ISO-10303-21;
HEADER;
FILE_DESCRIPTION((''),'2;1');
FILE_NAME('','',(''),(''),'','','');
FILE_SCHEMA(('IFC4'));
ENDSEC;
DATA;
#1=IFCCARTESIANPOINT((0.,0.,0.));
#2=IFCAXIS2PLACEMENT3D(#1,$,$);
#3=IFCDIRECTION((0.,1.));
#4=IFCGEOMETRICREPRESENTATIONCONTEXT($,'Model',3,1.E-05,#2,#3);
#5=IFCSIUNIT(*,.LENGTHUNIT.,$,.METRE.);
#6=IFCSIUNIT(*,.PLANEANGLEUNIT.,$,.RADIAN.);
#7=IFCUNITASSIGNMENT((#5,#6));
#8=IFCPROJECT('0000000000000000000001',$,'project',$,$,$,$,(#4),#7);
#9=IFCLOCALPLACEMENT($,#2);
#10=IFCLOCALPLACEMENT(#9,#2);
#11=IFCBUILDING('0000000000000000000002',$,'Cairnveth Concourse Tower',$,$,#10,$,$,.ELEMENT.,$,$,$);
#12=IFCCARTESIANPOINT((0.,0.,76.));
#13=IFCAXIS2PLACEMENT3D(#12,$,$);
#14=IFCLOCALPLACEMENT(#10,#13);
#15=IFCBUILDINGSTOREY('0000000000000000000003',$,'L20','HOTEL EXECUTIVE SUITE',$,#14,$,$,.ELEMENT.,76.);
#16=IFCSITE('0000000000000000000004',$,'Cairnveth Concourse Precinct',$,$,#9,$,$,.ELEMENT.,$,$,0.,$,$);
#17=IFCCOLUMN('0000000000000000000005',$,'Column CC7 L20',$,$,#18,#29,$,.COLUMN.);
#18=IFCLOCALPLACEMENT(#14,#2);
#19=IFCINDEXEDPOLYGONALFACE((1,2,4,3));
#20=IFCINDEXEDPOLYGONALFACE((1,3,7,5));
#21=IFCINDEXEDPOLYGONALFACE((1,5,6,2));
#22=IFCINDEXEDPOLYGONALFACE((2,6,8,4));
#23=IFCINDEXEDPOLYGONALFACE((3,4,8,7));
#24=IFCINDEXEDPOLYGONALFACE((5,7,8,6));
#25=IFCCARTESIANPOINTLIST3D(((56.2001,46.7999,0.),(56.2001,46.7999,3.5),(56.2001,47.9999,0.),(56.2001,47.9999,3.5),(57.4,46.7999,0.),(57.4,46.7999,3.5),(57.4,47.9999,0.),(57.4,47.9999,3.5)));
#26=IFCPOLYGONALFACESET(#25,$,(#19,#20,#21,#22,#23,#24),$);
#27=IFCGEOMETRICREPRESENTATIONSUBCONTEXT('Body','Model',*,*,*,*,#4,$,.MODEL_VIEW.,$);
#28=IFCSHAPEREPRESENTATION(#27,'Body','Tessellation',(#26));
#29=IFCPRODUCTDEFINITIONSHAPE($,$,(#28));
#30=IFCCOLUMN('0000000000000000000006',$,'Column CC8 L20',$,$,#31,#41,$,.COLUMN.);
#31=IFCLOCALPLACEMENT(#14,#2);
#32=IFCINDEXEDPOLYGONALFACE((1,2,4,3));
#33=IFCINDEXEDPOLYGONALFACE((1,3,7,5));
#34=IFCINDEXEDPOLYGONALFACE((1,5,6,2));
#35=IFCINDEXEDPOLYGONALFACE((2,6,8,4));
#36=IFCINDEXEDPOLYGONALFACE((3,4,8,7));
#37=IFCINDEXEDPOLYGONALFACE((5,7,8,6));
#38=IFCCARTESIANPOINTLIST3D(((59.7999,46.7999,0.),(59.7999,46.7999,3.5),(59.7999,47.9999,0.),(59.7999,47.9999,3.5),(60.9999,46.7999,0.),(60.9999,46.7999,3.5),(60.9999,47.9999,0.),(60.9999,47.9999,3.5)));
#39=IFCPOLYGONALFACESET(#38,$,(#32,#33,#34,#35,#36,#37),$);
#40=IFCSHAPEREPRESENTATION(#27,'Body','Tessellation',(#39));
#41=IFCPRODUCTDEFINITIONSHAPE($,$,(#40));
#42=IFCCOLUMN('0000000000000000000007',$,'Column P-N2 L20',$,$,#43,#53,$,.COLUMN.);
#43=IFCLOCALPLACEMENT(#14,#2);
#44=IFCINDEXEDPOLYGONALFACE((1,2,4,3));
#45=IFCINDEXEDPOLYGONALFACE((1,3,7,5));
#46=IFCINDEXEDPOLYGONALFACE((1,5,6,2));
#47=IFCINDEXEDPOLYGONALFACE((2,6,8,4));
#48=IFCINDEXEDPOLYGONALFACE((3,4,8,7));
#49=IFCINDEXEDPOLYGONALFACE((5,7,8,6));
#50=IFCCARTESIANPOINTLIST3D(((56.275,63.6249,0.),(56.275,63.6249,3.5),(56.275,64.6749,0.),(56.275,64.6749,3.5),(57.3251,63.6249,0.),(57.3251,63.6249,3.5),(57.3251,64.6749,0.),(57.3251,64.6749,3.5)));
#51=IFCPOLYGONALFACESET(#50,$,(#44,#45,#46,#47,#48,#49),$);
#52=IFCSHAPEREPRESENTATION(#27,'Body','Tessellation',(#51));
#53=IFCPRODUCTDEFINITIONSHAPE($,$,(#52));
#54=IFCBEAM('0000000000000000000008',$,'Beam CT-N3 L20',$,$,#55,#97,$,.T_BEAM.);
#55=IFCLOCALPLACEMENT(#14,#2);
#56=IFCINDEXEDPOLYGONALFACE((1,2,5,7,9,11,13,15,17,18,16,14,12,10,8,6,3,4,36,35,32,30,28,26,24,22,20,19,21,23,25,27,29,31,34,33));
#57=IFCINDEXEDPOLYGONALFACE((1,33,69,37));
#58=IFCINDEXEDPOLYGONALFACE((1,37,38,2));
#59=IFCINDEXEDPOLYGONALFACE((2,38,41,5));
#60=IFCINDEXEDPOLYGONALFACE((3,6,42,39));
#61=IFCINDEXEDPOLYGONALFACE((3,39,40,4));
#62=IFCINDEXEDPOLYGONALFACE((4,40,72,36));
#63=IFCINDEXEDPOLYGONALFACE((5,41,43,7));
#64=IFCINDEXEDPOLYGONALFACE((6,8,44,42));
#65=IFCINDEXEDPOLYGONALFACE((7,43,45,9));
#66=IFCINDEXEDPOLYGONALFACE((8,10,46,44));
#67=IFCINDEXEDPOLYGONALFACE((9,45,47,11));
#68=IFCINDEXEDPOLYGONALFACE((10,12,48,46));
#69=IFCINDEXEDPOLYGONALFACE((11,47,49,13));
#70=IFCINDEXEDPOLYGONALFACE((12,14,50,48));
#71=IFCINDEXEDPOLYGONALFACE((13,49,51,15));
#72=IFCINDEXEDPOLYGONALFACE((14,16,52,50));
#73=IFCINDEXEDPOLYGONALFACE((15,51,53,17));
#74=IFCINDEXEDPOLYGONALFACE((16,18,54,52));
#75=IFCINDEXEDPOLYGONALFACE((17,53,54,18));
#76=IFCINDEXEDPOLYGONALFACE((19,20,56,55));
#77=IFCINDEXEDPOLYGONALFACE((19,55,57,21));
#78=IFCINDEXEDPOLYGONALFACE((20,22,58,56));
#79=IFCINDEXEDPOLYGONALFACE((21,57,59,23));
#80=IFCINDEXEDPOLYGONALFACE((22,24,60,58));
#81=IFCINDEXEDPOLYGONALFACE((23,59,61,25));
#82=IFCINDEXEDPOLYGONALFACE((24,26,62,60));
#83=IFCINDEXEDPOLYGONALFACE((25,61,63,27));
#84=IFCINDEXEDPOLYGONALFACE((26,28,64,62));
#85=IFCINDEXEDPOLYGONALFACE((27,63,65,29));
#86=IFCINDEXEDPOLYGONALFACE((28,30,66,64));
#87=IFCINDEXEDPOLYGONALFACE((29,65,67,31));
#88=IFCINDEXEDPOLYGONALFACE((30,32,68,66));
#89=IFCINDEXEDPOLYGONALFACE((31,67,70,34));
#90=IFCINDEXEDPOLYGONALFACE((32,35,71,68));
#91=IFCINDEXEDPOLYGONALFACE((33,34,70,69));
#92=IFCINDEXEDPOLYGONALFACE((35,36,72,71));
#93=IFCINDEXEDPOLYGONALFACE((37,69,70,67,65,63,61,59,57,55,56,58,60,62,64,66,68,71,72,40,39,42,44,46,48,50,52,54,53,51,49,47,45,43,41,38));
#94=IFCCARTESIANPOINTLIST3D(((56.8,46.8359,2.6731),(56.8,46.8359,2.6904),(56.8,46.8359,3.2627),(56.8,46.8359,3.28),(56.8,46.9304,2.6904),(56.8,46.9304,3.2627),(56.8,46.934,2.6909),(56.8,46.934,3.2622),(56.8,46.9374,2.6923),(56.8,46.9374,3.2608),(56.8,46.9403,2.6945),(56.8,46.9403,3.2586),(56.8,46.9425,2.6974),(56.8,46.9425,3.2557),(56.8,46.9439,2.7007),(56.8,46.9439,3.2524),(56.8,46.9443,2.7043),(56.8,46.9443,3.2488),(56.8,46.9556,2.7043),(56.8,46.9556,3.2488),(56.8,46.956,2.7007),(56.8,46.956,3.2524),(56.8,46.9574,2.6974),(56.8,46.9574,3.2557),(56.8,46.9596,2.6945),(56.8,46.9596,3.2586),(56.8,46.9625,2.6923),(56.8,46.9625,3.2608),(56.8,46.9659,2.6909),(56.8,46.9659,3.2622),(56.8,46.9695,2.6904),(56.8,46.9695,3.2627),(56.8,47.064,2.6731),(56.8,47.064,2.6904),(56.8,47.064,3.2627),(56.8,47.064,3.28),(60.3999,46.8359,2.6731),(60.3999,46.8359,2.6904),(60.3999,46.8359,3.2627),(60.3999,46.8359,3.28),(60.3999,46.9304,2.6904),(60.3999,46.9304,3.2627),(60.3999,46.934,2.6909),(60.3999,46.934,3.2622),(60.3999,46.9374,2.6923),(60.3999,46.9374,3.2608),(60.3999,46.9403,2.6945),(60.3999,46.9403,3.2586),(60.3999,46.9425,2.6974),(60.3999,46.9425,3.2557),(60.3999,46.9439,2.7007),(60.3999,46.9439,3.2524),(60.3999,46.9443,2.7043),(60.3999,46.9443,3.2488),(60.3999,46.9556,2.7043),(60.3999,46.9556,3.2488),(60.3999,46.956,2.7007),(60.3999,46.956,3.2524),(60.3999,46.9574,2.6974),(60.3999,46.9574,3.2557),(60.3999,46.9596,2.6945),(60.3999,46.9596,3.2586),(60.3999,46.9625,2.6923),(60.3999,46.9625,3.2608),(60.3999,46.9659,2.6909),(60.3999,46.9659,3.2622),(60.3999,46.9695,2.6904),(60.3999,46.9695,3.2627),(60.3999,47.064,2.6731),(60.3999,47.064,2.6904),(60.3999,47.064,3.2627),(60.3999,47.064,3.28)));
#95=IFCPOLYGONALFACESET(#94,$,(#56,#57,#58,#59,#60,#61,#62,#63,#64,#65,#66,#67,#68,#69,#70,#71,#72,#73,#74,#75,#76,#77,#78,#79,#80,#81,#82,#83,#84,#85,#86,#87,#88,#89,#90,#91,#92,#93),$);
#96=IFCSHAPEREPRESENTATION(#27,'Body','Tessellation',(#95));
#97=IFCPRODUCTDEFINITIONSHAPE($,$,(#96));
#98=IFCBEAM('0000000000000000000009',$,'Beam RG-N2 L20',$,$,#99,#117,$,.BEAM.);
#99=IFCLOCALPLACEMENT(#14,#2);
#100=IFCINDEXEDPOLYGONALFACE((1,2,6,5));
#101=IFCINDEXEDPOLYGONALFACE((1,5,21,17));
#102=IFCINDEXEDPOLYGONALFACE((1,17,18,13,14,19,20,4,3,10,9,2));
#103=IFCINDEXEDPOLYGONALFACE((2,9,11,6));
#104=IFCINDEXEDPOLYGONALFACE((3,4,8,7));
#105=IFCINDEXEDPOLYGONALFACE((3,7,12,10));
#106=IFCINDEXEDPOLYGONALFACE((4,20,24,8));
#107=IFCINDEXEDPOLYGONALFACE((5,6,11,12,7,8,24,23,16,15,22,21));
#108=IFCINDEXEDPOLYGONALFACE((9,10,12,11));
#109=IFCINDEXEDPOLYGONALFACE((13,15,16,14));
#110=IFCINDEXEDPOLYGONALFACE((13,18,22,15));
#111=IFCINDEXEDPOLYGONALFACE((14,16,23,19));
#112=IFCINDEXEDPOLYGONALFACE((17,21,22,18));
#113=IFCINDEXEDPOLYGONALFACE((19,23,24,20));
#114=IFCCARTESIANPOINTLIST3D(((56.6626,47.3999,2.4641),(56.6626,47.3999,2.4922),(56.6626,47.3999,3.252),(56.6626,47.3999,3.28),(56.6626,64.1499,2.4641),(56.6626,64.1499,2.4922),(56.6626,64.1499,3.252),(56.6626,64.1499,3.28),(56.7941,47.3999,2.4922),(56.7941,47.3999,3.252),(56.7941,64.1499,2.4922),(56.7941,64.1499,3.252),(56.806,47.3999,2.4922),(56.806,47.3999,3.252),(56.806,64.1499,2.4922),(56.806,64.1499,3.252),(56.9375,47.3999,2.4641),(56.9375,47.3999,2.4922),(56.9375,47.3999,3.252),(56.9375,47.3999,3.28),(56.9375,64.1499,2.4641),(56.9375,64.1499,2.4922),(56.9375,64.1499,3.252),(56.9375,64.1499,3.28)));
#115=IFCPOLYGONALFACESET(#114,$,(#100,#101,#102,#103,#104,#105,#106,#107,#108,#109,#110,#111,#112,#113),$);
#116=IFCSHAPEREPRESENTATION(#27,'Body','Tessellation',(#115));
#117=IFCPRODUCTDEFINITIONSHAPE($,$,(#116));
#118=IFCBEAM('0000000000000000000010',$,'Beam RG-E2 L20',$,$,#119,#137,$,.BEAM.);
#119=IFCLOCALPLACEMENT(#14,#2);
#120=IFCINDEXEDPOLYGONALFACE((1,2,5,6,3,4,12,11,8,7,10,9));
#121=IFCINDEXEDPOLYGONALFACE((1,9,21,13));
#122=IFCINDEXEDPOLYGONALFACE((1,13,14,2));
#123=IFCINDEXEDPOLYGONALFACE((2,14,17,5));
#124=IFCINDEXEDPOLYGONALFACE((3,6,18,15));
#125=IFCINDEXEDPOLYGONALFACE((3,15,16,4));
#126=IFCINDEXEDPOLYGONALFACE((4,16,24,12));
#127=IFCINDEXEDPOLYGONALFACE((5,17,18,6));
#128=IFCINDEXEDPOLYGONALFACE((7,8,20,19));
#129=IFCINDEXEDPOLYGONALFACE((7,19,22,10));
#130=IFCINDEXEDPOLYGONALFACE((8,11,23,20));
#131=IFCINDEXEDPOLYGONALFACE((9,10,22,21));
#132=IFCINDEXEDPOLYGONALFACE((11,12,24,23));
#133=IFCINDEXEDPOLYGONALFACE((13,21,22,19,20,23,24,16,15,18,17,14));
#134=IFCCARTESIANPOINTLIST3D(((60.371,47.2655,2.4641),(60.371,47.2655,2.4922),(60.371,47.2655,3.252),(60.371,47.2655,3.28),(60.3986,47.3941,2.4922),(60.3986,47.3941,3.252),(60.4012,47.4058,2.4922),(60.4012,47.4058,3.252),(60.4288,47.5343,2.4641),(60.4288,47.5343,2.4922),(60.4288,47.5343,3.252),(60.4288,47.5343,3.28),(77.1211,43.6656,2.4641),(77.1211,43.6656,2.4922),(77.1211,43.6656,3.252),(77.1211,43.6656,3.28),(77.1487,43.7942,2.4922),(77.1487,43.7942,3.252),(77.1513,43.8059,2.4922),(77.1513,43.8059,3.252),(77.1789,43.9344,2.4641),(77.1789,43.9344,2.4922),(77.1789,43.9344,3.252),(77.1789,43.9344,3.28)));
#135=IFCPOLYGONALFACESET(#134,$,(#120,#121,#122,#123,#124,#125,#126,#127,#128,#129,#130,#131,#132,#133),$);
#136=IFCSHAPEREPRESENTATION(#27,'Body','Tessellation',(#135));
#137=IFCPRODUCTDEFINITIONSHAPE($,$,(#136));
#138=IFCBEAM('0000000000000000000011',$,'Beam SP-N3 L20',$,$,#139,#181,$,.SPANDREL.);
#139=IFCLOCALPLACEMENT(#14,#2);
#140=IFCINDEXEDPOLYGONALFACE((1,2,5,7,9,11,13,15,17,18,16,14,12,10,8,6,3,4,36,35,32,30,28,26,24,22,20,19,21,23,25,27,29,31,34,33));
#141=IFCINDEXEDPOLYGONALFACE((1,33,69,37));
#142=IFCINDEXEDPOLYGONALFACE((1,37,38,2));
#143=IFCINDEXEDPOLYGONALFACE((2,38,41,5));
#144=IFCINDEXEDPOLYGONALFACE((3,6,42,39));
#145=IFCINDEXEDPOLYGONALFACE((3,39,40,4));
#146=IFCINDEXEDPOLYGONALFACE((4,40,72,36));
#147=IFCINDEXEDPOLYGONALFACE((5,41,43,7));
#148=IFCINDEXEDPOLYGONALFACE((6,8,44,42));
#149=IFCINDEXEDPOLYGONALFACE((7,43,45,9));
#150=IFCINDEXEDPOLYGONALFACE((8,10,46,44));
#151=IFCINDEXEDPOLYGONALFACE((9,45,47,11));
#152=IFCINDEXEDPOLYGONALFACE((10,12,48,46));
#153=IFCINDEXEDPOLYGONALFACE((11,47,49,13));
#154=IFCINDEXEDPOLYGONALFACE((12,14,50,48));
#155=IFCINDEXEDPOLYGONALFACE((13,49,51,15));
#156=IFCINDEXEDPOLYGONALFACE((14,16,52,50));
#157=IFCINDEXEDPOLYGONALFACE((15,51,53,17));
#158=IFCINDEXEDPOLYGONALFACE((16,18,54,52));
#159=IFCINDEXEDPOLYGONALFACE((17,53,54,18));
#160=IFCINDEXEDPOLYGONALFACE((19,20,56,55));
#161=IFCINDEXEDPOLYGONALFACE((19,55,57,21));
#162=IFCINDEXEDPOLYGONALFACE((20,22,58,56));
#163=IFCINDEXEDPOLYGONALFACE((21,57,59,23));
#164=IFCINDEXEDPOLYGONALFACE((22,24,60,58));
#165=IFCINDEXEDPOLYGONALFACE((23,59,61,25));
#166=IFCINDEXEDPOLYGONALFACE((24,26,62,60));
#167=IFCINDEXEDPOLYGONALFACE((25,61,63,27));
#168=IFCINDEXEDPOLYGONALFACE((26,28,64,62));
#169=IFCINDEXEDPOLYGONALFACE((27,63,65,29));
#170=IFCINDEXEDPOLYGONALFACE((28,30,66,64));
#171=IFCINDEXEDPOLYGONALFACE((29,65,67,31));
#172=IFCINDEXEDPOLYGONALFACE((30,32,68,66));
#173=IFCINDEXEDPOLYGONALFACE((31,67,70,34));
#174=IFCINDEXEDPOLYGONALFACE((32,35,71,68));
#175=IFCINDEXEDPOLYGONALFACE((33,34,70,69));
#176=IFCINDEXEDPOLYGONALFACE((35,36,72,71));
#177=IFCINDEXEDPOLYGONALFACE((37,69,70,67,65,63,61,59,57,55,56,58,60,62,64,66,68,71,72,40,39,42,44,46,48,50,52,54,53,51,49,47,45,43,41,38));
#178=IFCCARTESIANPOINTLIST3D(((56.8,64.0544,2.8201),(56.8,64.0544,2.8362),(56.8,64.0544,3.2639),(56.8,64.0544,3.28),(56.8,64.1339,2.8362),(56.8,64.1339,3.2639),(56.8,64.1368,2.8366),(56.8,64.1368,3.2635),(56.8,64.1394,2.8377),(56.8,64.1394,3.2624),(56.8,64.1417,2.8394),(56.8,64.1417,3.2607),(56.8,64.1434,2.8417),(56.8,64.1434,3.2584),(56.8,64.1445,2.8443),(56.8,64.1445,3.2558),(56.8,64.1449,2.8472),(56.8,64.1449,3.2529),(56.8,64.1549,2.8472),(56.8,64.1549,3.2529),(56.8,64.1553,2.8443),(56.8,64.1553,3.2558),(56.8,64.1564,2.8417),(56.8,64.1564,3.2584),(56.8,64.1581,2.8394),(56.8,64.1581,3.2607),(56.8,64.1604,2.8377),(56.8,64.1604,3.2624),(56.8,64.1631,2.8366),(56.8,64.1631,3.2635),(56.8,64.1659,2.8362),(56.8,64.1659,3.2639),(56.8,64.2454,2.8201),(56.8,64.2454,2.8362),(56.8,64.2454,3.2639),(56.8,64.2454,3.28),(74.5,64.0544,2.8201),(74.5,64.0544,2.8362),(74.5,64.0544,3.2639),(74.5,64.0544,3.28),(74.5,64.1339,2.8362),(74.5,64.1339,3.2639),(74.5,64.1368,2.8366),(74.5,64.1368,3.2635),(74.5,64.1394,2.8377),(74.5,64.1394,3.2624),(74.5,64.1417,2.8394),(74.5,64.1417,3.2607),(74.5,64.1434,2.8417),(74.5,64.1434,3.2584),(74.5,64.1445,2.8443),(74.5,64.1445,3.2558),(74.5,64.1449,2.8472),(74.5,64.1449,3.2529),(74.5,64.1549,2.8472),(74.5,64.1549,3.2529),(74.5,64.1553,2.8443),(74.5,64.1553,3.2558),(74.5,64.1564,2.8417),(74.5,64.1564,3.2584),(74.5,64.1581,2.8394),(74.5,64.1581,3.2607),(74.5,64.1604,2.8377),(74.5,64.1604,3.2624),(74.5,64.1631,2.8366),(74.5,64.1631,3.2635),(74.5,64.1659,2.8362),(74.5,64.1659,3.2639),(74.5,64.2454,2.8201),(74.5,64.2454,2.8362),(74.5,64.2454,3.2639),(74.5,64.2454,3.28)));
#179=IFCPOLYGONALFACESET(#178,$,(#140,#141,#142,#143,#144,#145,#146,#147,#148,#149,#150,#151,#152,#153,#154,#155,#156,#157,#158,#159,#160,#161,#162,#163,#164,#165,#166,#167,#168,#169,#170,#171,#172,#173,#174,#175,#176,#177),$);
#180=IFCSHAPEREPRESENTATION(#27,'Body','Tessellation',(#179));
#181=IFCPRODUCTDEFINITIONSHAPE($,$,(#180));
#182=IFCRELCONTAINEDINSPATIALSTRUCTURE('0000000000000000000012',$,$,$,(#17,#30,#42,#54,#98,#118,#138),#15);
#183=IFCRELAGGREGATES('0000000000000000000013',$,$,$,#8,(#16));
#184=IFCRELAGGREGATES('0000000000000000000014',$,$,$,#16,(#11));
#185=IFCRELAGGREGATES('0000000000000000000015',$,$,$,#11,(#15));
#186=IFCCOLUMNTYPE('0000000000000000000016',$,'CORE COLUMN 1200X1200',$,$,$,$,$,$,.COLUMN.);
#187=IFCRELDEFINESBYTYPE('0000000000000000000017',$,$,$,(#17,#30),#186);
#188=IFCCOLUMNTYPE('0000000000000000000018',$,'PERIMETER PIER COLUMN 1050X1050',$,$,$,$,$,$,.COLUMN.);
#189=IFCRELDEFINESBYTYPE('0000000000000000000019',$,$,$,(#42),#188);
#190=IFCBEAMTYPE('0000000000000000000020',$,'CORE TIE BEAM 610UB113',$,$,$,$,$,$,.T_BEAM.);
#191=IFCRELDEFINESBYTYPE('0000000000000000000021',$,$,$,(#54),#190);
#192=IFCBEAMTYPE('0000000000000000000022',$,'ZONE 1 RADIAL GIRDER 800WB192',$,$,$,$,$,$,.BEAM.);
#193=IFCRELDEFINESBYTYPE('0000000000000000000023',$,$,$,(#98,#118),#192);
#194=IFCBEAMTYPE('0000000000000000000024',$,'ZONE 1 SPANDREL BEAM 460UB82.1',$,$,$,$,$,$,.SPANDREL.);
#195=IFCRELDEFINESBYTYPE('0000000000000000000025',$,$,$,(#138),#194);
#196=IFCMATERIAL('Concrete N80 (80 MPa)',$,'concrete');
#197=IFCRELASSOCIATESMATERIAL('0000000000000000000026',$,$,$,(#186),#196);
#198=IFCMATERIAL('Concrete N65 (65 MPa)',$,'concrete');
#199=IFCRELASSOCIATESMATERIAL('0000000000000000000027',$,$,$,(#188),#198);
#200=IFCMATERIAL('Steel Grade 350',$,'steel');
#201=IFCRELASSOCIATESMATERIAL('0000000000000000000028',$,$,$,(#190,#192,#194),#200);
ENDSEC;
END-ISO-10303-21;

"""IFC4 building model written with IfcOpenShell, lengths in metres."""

from ifc_helpers import new_model, si_unit, direction, frame, origin, origin_2d, place, context, subcontext, project, spatial, rectangle, i_section, extrude, material, material_profile, profile_set, type_object, element, save


model = new_model("IFC4")

# Units and contexts
model_context = context("Model", 3, precision=1e-05, world=origin(), true_north=direction((0.0, 1.0)))
body_context = subcontext(model_context, "Body", "Model", "MODEL_VIEW")
ifc_project = project(units=[si_unit("LENGTHUNIT", "METRE"), si_unit("PLANEANGLEUNIT", "RADIAN")], contexts=[model_context])

# Site, building, storey
site_placement = place(None, origin())
site = spatial("IfcSite", under=ifc_project, at=site_placement, Name="Cairnveth Concourse Precinct", CompositionType="ELEMENT", RefElevation=0.0)
building_placement = place(site_placement, origin())
building = spatial("IfcBuilding", under=site, at=building_placement, Name="Cairnveth Concourse Tower", CompositionType="ELEMENT")
storey_placement = place(building_placement, frame((0.0, 0.0, 76.0)))
storey = spatial("IfcBuildingStorey", under=building, at=storey_placement, Name="L20", Description="HOTEL EXECUTIVE SUITE", CompositionType="ELEMENT", Elevation=76.0)

# Columns
ifc_material_1 = material(Name="Concrete N80 (80 MPa)", Category="concrete")
ifc_material_profile_1 = material_profile(ifc_material_1, rectangle(XDim=1.2, YDim=1.2, at=origin_2d()), Name="RC-COL-1200x1200")
ifc_profile_set_1 = profile_set([ifc_material_profile_1], Name="Concrete N80 (80 MPa)")
column_type_1 = type_object("IfcColumnType", Name="CORE COLUMN 1200X1200", PredefinedType="COLUMN", material=ifc_profile_set_1)
for number, where, z_axis, x_axis, name in (
    (1, (56.8, 47.3999, 0.0), (0.0, 0.0, 1.0), (1.0, 0.0, 0.0), "Column CC7 L20"),
    (2, (60.3999, 47.3999, 0.0), (0.0, 0.0, 1.0), (1.0, 0.0, 0.0), "Column CC8 L20"),
):
    element("IfcColumn", number, at=place(storey_placement, frame(where, z_axis=z_axis, x_axis=x_axis)), inside=storey, type_object=column_type_1, Name=name, PredefinedType="COLUMN", context=body_context, shape_type="SweptSolid", body=[
        extrude(rectangle(XDim=1.2, YDim=1.2, at=origin_2d()), origin(), (0.0, 0.0, 1.0), 3.5),
    ])
ifc_material_2 = material(Name="Concrete N65 (65 MPa)", Category="concrete")
ifc_material_profile_2 = material_profile(ifc_material_2, rectangle(XDim=1.05, YDim=1.05, at=origin_2d()), Name="RC-COL-1050x1050")
ifc_profile_set_2 = profile_set([ifc_material_profile_2], Name="Concrete N65 (65 MPa)")
column_type_2 = type_object("IfcColumnType", Name="PERIMETER PIER COLUMN 1050X1050", PredefinedType="COLUMN", material=ifc_profile_set_2)
column_placement = place(storey_placement, frame((56.8, 64.1499, 0.0), z_axis=(0.0, 0.0, 1.0), x_axis=(1.0, 0.0, 0.0)))
element("IfcColumn", 3, at=column_placement, inside=storey, type_object=column_type_2, Name="Column P-N2 L20", PredefinedType="COLUMN", context=body_context, shape_type="SweptSolid", body=[
    extrude(rectangle(XDim=1.05, YDim=1.05, at=origin_2d()), origin(), (0.0, 0.0, 1.0), 3.5),
])

# Beams
ifc_material_3 = material(Name="Steel Grade 350", Category="steel")
ifc_material_profile_3 = material_profile(ifc_material_3, i_section(OverallWidth=0.228, OverallDepth=0.6069, WebThickness=0.0112, FlangeThickness=0.0173, FilletRadius=0.0139, at=origin_2d()), Name="610UB113")
ifc_profile_set_3 = profile_set([ifc_material_profile_3], Name="Steel Grade 350")
beam_type_1 = type_object("IfcBeamType", Name="CORE TIE BEAM 610UB113", PredefinedType="T_BEAM", material=ifc_profile_set_3)
beam_1_placement = place(storey_placement, frame((56.8, 46.95, 2.9766), z_axis=(1.0, 0.0, 0.0), x_axis=(0.0, 1.0, 0.0)))
element("IfcBeam", 4, at=beam_1_placement, inside=storey, type_object=beam_type_1, Name="Beam CT-N3 L20", PredefinedType="T_BEAM", context=body_context, shape_type="SweptSolid", body=[
    extrude(i_section(OverallWidth=0.228, OverallDepth=0.6069, WebThickness=0.0112, FlangeThickness=0.0173, FilletRadius=0.0139, at=origin_2d()), origin(), (0.0, 0.0, 1.0), 3.5999),
])
ifc_material_profile_4 = material_profile(ifc_material_3, i_section(OverallWidth=0.2749, OverallDepth=0.8159, WebThickness=0.012, FlangeThickness=0.0281, at=origin_2d()), Name="800WB192")
ifc_profile_set_4 = profile_set([ifc_material_profile_4], Name="Steel Grade 350")
beam_type_2 = type_object("IfcBeamType", Name="ZONE 1 RADIAL GIRDER 800WB192", PredefinedType="BEAM", material=ifc_profile_set_4)
beam_2_placement = place(storey_placement, frame((56.8, 47.3999, 2.8721), z_axis=(0.0, 1.0, 0.0), x_axis=(-1.0, 0.0, 0.0)))
element("IfcBeam", 5, at=beam_2_placement, inside=storey, type_object=beam_type_2, Name="Beam RG-N2 L20", PredefinedType="BEAM", context=body_context, shape_type="SweptSolid", body=[
    extrude(i_section(OverallWidth=0.2749, OverallDepth=0.8159, WebThickness=0.012, FlangeThickness=0.0281, at=origin_2d()), origin(), (0.0, 0.0, 1.0), 16.75),
])
beam_3_placement = place(storey_placement, frame((60.3999, 47.3999, 2.8721), z_axis=(0.977676, -0.210119, 0.0), x_axis=(0.210119, 0.977676, 0.0)))
element("IfcBeam", 6, at=beam_3_placement, inside=storey, type_object=beam_type_2, Name="Beam RG-E2 L20", PredefinedType="BEAM", context=body_context, shape_type="SweptSolid", body=[
    extrude(i_section(OverallWidth=0.2749, OverallDepth=0.8159, WebThickness=0.012, FlangeThickness=0.0281, at=origin_2d()), origin(), (0.0, 0.0, 1.0), 17.1326),
])
ifc_material_profile_5 = material_profile(ifc_material_3, i_section(OverallWidth=0.1909, OverallDepth=0.46, WebThickness=0.01, FlangeThickness=0.0161, FilletRadius=0.011, at=origin_2d()), Name="460UB82.1")
ifc_profile_set_5 = profile_set([ifc_material_profile_5], Name="Steel Grade 350")
beam_type_3 = type_object("IfcBeamType", Name="ZONE 1 SPANDREL BEAM 460UB82.1", PredefinedType="SPANDREL", material=ifc_profile_set_5)
beam_4_placement = place(storey_placement, frame((56.8, 64.1499, 3.05), z_axis=(1.0, 0.0, 0.0), x_axis=(0.0, 1.0, 0.0)))
element("IfcBeam", 7, at=beam_4_placement, inside=storey, type_object=beam_type_3, Name="Beam SP-N3 L20", PredefinedType="SPANDREL", context=body_context, shape_type="SweptSolid", body=[
    extrude(i_section(OverallWidth=0.1909, OverallDepth=0.46, WebThickness=0.01, FlangeThickness=0.0161, FilletRadius=0.011, at=origin_2d()), origin(), (0.0, 0.0, 1.0), 17.7),
])

save(model, "model.ifc")
